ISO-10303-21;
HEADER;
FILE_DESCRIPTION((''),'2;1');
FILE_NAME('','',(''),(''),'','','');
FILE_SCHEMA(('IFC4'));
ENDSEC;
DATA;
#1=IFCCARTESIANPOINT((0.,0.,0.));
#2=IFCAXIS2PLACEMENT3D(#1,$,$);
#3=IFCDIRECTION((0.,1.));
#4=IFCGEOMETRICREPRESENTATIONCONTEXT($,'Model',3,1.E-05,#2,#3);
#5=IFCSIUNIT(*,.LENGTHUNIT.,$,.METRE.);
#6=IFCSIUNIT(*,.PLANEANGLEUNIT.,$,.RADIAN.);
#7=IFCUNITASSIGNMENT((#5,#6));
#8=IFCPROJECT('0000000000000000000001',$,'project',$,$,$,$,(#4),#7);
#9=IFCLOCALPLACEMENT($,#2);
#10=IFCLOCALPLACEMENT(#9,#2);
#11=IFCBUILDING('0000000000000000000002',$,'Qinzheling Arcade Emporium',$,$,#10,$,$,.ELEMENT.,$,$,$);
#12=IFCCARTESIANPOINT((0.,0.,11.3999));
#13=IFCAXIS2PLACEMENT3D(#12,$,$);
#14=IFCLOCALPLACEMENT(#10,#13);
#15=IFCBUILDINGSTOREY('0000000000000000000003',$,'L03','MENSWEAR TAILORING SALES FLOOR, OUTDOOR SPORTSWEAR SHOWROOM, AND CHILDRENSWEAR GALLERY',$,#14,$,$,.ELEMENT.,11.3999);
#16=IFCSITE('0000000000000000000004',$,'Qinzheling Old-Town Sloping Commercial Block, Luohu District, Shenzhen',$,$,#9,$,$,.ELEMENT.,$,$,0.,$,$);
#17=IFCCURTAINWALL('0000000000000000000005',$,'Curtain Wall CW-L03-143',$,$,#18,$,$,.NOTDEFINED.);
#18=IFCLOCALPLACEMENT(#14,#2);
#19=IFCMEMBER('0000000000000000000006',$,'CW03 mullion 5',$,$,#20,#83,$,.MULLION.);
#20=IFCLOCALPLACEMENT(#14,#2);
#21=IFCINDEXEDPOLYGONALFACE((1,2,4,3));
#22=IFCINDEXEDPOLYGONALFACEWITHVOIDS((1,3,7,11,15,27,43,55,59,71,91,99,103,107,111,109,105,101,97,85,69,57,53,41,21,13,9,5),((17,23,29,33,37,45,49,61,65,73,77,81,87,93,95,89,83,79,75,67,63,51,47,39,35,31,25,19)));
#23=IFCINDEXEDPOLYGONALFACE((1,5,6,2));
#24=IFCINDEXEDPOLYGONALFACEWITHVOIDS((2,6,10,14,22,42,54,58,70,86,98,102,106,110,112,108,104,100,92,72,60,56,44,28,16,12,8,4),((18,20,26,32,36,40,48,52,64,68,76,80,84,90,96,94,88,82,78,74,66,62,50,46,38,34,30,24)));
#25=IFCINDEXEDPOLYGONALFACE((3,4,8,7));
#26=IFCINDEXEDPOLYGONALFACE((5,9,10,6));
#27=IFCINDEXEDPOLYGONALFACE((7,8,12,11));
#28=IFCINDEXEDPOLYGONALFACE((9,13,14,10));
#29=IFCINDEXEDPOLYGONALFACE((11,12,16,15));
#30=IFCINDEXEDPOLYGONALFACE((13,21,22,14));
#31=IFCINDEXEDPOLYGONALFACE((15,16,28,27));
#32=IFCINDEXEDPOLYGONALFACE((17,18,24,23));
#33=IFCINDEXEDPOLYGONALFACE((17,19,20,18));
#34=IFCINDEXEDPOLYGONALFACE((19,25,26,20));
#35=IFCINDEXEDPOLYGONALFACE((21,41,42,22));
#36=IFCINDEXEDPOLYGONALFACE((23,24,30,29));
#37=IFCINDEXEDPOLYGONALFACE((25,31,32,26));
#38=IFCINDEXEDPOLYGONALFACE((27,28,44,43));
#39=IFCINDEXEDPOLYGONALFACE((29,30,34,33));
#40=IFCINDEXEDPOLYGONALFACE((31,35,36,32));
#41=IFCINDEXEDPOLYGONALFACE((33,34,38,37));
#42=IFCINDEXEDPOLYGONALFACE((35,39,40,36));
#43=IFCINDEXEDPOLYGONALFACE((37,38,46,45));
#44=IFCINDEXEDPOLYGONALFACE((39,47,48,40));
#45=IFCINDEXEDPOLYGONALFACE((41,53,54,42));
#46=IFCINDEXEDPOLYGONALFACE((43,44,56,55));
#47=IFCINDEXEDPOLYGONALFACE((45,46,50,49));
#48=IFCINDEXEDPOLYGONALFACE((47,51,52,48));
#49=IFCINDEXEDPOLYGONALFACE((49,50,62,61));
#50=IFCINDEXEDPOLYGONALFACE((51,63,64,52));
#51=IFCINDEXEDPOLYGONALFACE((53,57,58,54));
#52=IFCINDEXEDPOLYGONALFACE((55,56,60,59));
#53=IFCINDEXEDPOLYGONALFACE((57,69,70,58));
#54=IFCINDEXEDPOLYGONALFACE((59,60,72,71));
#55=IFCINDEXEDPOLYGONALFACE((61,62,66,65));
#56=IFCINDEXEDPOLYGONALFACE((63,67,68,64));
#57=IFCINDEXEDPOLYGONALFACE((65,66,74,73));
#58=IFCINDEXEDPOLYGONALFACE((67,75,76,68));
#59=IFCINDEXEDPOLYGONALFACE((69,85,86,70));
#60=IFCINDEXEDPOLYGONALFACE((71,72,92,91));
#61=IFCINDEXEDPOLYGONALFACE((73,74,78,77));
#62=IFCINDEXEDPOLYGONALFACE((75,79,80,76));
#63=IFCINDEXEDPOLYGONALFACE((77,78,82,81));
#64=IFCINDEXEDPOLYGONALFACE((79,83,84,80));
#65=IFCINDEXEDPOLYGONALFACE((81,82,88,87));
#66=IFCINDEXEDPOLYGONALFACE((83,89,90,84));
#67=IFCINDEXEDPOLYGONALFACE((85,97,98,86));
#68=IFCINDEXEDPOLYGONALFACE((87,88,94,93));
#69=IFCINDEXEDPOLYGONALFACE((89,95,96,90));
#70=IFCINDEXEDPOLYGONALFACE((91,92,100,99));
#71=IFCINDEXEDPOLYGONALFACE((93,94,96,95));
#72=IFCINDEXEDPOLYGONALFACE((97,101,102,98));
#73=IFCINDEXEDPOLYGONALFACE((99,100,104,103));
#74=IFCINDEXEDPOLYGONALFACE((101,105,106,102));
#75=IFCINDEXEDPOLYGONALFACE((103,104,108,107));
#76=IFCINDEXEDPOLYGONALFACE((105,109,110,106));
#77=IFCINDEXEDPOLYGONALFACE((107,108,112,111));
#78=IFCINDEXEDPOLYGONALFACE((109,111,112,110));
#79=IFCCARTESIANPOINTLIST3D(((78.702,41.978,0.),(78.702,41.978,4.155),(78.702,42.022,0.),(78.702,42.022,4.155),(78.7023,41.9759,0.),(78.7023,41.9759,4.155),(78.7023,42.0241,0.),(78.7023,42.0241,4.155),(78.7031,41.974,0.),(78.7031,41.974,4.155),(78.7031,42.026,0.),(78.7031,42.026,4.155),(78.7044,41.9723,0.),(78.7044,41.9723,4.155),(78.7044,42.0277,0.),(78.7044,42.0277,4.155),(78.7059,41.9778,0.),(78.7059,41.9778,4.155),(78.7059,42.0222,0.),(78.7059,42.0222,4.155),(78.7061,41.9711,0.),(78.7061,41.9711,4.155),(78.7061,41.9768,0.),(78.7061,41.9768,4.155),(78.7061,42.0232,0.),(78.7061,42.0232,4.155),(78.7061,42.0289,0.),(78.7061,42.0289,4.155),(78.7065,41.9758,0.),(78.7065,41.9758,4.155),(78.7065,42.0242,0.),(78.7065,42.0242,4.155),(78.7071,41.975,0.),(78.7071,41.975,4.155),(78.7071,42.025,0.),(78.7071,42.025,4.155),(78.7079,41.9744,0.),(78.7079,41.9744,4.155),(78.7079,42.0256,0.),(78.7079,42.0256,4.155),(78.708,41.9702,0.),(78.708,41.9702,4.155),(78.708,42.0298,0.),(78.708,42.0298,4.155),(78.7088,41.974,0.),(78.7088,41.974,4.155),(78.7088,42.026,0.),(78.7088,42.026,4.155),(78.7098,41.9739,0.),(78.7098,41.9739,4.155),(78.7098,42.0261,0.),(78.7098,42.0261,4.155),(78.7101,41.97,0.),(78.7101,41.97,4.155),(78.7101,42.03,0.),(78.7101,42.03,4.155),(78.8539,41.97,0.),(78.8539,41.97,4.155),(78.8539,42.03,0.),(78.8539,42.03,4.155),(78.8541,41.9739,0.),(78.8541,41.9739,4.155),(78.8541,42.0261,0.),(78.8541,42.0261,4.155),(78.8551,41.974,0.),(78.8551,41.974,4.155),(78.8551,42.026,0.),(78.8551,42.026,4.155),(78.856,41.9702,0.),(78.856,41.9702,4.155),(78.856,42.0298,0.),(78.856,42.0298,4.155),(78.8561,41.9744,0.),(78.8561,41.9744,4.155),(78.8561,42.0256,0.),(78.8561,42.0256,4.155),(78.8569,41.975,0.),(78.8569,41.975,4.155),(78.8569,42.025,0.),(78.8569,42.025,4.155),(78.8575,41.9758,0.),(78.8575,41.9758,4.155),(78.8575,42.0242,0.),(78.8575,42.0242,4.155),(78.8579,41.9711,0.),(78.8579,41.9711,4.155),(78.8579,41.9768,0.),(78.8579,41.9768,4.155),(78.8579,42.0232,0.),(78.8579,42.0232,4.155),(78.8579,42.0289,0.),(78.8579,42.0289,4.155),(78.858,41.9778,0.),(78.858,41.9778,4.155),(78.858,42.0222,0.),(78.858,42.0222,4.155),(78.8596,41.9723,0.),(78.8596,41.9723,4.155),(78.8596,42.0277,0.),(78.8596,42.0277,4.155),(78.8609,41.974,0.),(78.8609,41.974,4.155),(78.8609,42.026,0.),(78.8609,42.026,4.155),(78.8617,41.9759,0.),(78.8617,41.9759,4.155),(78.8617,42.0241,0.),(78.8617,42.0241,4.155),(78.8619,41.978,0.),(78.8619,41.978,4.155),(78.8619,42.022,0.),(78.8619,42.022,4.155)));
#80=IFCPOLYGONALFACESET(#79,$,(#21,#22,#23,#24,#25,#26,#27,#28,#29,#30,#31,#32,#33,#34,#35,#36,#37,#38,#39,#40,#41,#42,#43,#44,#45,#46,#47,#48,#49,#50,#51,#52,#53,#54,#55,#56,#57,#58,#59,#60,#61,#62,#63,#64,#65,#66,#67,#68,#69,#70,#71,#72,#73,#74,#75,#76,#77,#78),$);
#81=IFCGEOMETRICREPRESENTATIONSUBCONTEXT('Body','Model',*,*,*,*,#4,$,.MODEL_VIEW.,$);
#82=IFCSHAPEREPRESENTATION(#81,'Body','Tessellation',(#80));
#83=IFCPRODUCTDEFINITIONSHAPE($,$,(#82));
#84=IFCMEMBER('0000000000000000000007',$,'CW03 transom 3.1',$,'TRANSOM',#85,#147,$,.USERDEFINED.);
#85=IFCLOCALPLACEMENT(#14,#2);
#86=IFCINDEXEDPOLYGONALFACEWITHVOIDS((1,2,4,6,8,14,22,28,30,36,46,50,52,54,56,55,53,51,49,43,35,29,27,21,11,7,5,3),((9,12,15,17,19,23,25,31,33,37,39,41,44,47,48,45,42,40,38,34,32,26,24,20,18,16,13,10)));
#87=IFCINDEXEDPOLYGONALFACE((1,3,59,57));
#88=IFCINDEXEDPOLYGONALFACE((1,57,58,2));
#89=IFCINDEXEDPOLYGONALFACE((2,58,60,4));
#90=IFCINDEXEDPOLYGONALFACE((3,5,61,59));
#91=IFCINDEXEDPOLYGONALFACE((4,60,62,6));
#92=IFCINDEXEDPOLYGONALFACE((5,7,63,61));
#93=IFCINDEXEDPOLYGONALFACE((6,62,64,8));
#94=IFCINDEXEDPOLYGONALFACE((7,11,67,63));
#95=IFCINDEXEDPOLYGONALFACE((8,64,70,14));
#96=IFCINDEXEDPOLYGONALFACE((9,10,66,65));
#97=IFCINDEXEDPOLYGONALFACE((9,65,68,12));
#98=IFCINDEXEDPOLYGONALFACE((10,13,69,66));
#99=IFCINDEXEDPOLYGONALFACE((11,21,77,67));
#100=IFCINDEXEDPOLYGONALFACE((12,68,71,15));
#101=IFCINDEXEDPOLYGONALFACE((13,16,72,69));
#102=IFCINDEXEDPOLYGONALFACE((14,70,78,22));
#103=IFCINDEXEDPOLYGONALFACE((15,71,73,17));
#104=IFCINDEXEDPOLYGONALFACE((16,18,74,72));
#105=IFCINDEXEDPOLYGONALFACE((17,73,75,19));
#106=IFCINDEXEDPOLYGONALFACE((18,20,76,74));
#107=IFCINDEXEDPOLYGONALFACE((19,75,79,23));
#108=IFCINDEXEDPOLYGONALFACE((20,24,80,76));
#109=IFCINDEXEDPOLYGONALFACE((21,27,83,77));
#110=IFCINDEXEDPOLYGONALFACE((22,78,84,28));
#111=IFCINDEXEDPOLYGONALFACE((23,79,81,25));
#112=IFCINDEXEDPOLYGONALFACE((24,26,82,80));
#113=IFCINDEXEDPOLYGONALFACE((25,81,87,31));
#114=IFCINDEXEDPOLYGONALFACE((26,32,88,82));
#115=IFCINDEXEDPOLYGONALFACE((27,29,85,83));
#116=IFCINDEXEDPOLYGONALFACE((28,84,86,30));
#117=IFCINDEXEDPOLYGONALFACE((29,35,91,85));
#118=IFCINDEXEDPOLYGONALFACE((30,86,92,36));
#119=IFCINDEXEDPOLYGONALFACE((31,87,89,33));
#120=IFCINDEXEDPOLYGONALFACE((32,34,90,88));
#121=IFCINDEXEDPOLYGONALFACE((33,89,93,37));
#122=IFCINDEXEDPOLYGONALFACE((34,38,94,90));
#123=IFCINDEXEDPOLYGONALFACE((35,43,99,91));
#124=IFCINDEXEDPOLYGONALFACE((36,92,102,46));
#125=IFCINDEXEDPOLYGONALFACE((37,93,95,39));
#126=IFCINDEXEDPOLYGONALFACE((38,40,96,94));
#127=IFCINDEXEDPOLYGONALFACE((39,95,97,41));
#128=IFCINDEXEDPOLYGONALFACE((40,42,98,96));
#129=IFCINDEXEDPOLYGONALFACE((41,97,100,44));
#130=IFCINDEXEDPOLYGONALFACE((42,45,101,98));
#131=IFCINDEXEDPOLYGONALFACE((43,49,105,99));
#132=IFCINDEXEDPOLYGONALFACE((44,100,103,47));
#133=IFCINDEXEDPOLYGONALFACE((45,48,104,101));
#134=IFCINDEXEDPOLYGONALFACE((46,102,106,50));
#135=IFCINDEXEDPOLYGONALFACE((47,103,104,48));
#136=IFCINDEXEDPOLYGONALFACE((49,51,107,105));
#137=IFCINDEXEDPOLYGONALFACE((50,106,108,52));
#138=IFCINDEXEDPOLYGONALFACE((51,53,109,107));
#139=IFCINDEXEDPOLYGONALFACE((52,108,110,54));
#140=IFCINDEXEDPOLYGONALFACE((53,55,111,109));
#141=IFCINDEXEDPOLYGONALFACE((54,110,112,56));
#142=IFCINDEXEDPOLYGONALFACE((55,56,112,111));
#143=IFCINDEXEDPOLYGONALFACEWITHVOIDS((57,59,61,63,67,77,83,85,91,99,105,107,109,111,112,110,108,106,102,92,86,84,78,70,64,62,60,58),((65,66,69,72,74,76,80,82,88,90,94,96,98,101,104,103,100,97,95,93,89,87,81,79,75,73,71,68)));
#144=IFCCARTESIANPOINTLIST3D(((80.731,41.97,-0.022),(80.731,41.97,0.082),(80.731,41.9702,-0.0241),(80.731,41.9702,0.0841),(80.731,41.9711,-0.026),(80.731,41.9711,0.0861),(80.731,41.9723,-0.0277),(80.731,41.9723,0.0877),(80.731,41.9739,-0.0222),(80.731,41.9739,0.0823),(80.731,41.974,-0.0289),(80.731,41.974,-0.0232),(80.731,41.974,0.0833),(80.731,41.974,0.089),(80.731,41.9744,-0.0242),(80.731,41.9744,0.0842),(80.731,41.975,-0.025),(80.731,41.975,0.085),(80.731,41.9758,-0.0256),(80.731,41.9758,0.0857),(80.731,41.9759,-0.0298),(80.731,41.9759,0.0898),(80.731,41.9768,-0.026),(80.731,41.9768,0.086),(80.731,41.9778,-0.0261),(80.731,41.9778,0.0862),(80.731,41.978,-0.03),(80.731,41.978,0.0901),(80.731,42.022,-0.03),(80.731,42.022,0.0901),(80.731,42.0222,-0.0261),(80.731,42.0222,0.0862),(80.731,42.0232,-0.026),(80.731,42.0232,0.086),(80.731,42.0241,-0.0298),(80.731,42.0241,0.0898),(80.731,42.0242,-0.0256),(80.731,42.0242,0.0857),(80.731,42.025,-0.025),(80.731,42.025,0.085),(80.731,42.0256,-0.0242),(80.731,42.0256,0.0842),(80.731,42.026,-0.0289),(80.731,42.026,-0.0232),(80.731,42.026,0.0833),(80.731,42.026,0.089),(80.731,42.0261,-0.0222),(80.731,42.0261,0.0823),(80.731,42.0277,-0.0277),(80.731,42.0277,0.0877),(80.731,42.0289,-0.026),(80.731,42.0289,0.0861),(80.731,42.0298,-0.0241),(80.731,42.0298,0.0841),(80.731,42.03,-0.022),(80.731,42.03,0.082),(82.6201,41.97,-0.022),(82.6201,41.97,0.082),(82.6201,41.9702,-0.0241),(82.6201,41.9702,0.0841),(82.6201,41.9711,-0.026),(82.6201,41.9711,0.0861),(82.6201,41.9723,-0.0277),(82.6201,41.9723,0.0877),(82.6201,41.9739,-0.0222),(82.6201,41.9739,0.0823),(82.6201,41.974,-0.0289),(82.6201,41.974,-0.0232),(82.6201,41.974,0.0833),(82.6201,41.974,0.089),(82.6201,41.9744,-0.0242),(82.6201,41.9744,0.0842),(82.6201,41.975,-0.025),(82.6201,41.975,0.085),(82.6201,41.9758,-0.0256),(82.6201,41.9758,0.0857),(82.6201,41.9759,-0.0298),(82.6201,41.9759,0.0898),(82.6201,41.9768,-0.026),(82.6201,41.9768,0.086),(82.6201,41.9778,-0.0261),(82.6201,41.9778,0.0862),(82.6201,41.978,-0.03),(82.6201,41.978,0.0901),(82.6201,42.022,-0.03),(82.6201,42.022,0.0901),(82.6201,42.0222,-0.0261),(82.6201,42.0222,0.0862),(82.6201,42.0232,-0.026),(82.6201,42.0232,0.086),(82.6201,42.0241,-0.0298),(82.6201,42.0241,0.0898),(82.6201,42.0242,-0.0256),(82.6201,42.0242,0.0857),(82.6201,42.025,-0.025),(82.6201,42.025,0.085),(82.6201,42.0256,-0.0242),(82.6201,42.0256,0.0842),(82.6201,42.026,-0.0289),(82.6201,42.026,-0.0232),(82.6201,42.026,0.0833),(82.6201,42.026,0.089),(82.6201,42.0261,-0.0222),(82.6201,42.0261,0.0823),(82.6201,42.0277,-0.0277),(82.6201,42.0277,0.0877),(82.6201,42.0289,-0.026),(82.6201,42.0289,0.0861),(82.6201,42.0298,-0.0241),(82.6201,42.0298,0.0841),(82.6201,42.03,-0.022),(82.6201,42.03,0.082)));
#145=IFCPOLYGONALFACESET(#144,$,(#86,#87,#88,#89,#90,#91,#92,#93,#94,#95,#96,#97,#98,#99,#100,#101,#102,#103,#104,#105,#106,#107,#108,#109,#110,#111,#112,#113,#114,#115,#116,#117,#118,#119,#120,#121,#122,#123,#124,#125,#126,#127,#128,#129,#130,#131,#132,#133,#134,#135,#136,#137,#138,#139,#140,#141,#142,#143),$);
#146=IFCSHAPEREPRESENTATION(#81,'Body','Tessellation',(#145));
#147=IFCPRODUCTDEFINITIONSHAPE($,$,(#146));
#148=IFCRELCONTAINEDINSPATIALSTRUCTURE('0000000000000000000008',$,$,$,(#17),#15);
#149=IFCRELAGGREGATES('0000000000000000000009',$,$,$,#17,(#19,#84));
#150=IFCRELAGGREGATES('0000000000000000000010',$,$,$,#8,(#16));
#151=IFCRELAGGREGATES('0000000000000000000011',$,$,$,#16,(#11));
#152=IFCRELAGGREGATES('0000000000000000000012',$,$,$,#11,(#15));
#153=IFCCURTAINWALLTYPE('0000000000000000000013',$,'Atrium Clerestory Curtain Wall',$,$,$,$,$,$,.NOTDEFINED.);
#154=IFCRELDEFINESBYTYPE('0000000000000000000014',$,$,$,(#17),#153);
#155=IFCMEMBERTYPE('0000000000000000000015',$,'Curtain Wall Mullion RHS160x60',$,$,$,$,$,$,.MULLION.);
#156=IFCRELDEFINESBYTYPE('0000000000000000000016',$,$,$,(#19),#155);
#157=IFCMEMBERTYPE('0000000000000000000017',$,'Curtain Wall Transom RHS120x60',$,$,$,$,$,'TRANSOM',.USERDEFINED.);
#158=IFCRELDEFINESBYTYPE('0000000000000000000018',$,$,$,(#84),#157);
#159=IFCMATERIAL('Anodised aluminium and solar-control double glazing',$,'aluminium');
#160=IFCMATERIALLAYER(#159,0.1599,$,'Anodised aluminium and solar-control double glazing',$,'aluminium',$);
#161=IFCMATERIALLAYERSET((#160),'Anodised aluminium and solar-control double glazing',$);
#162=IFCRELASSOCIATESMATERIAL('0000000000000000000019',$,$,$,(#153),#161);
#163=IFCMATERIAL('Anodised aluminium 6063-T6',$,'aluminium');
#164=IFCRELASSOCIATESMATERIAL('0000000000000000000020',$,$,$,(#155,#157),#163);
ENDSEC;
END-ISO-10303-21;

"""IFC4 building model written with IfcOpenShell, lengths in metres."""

from ifc_helpers import new_model, si_unit, direction, frame, origin, origin_2d, place, context, subcontext, project, spatial, hollow_rectangle, extrude, material, layer, layer_set, material_profile, profile_set, type_object, element, aggregate, save


model = new_model("IFC4")

# Units and contexts
model_context = context("Model", 3, precision=1e-05, world=origin(), true_north=direction((0.0, 1.0)))
body_context = subcontext(model_context, "Body", "Model", "MODEL_VIEW")
ifc_project = project(units=[si_unit("LENGTHUNIT", "METRE"), si_unit("PLANEANGLEUNIT", "RADIAN")], contexts=[model_context])

# Site, building, storey
site_placement = place(None, origin())
site = spatial("IfcSite", under=ifc_project, at=site_placement, Name="Qinzheling Old-Town Sloping Commercial Block, Luohu District, Shenzhen", CompositionType="ELEMENT", RefElevation=0.0)
building_placement = place(site_placement, origin())
building = spatial("IfcBuilding", under=site, at=building_placement, Name="Qinzheling Arcade Emporium", CompositionType="ELEMENT")
storey_placement = place(building_placement, frame((0.0, 0.0, 11.3999)))
storey = spatial("IfcBuildingStorey", under=building, at=storey_placement, Name="L03", Description="MENSWEAR TAILORING SALES FLOOR, OUTDOOR SPORTSWEAR SHOWROOM, AND CHILDRENSWEAR GALLERY", CompositionType="ELEMENT", Elevation=11.3999)

# Curtain wall, members
ifc_material_1 = material(Name="Anodised aluminium and solar-control double glazing", Category="aluminium")
ifc_layer_1 = layer(ifc_material_1, 0.1599, Name="Anodised aluminium and solar-control double glazing", Category="aluminium")
ifc_layer_set_1 = layer_set([ifc_layer_1], Name="Anodised aluminium and solar-control double glazing")
curtain_wall_type = type_object("IfcCurtainWallType", Name="Atrium Clerestory Curtain Wall", PredefinedType="NOTDEFINED", material=ifc_layer_set_1)
curtain_wall_placement = place(storey_placement, origin())
curtain_wall = element("IfcCurtainWall", 1, at=curtain_wall_placement, inside=storey, type_object=curtain_wall_type, Name="Curtain Wall CW-L03-143", PredefinedType="NOTDEFINED")
ifc_material_2 = material(Name="Anodised aluminium 6063-T6", Category="aluminium")
ifc_material_profile_1 = material_profile(ifc_material_2, hollow_rectangle(XDim=0.0601, YDim=0.1599, WallThickness=0.0039, InnerFilletRadius=0.0039, OuterFilletRadius=0.0081, at=origin_2d()), Name="RHS 160x60x4", Category="aluminium")
ifc_profile_set_1 = profile_set([ifc_material_profile_1], Name="Anodised aluminium 6063-T6")
member_type_1 = type_object("IfcMemberType", Name="Curtain Wall Mullion RHS160x60", PredefinedType="MULLION", material=ifc_profile_set_1)
member_1_placement = place(storey_placement, frame((78.782, 42.0, 0.0), z_axis=(0.0, 0.0, 1.0), x_axis=(0.0, -1.0, 0.0)))
member_1 = element("IfcMember", 2, at=member_1_placement, type_object=member_type_1, Name="CW03 mullion 5", PredefinedType="MULLION", context=body_context, shape_type="SweptSolid", body=[
    extrude(hollow_rectangle(XDim=0.0601, YDim=0.1599, WallThickness=0.0039, InnerFilletRadius=0.0039, OuterFilletRadius=0.0081, at=origin_2d()), origin(), (0.0, 0.0, 1.0), 4.155),
])
ifc_material_profile_2 = material_profile(ifc_material_2, hollow_rectangle(XDim=0.0601, YDim=0.1201, WallThickness=0.0039, InnerFilletRadius=0.0039, OuterFilletRadius=0.0081, at=origin_2d()), Name="RHS 120x60x4", Category="aluminium")
ifc_profile_set_2 = profile_set([ifc_material_profile_2], Name="Anodised aluminium 6063-T6")
member_type_2 = type_object("IfcMemberType", Name="Curtain Wall Transom RHS120x60", ElementType="TRANSOM", PredefinedType="USERDEFINED", material=ifc_profile_set_2)
member_2_placement = place(storey_placement, frame((82.6201, 42.0, 0.03), z_axis=(-1.0, 0.0, 0.0), x_axis=(0.0, -1.0, 0.0)))
member_2 = element("IfcMember", 3, at=member_2_placement, type_object=member_type_2, Name="CW03 transom 3.1", ObjectType="TRANSOM", PredefinedType="USERDEFINED", context=body_context, shape_type="SweptSolid", body=[
    extrude(hollow_rectangle(XDim=0.0601, YDim=0.1201, WallThickness=0.0039, InnerFilletRadius=0.0039, OuterFilletRadius=0.0081, at=origin_2d()), origin(), (0.0, 0.0, 1.0), 1.8892),
])
aggregate(curtain_wall, [member_1, member_2])

save(model, "model.ifc")
